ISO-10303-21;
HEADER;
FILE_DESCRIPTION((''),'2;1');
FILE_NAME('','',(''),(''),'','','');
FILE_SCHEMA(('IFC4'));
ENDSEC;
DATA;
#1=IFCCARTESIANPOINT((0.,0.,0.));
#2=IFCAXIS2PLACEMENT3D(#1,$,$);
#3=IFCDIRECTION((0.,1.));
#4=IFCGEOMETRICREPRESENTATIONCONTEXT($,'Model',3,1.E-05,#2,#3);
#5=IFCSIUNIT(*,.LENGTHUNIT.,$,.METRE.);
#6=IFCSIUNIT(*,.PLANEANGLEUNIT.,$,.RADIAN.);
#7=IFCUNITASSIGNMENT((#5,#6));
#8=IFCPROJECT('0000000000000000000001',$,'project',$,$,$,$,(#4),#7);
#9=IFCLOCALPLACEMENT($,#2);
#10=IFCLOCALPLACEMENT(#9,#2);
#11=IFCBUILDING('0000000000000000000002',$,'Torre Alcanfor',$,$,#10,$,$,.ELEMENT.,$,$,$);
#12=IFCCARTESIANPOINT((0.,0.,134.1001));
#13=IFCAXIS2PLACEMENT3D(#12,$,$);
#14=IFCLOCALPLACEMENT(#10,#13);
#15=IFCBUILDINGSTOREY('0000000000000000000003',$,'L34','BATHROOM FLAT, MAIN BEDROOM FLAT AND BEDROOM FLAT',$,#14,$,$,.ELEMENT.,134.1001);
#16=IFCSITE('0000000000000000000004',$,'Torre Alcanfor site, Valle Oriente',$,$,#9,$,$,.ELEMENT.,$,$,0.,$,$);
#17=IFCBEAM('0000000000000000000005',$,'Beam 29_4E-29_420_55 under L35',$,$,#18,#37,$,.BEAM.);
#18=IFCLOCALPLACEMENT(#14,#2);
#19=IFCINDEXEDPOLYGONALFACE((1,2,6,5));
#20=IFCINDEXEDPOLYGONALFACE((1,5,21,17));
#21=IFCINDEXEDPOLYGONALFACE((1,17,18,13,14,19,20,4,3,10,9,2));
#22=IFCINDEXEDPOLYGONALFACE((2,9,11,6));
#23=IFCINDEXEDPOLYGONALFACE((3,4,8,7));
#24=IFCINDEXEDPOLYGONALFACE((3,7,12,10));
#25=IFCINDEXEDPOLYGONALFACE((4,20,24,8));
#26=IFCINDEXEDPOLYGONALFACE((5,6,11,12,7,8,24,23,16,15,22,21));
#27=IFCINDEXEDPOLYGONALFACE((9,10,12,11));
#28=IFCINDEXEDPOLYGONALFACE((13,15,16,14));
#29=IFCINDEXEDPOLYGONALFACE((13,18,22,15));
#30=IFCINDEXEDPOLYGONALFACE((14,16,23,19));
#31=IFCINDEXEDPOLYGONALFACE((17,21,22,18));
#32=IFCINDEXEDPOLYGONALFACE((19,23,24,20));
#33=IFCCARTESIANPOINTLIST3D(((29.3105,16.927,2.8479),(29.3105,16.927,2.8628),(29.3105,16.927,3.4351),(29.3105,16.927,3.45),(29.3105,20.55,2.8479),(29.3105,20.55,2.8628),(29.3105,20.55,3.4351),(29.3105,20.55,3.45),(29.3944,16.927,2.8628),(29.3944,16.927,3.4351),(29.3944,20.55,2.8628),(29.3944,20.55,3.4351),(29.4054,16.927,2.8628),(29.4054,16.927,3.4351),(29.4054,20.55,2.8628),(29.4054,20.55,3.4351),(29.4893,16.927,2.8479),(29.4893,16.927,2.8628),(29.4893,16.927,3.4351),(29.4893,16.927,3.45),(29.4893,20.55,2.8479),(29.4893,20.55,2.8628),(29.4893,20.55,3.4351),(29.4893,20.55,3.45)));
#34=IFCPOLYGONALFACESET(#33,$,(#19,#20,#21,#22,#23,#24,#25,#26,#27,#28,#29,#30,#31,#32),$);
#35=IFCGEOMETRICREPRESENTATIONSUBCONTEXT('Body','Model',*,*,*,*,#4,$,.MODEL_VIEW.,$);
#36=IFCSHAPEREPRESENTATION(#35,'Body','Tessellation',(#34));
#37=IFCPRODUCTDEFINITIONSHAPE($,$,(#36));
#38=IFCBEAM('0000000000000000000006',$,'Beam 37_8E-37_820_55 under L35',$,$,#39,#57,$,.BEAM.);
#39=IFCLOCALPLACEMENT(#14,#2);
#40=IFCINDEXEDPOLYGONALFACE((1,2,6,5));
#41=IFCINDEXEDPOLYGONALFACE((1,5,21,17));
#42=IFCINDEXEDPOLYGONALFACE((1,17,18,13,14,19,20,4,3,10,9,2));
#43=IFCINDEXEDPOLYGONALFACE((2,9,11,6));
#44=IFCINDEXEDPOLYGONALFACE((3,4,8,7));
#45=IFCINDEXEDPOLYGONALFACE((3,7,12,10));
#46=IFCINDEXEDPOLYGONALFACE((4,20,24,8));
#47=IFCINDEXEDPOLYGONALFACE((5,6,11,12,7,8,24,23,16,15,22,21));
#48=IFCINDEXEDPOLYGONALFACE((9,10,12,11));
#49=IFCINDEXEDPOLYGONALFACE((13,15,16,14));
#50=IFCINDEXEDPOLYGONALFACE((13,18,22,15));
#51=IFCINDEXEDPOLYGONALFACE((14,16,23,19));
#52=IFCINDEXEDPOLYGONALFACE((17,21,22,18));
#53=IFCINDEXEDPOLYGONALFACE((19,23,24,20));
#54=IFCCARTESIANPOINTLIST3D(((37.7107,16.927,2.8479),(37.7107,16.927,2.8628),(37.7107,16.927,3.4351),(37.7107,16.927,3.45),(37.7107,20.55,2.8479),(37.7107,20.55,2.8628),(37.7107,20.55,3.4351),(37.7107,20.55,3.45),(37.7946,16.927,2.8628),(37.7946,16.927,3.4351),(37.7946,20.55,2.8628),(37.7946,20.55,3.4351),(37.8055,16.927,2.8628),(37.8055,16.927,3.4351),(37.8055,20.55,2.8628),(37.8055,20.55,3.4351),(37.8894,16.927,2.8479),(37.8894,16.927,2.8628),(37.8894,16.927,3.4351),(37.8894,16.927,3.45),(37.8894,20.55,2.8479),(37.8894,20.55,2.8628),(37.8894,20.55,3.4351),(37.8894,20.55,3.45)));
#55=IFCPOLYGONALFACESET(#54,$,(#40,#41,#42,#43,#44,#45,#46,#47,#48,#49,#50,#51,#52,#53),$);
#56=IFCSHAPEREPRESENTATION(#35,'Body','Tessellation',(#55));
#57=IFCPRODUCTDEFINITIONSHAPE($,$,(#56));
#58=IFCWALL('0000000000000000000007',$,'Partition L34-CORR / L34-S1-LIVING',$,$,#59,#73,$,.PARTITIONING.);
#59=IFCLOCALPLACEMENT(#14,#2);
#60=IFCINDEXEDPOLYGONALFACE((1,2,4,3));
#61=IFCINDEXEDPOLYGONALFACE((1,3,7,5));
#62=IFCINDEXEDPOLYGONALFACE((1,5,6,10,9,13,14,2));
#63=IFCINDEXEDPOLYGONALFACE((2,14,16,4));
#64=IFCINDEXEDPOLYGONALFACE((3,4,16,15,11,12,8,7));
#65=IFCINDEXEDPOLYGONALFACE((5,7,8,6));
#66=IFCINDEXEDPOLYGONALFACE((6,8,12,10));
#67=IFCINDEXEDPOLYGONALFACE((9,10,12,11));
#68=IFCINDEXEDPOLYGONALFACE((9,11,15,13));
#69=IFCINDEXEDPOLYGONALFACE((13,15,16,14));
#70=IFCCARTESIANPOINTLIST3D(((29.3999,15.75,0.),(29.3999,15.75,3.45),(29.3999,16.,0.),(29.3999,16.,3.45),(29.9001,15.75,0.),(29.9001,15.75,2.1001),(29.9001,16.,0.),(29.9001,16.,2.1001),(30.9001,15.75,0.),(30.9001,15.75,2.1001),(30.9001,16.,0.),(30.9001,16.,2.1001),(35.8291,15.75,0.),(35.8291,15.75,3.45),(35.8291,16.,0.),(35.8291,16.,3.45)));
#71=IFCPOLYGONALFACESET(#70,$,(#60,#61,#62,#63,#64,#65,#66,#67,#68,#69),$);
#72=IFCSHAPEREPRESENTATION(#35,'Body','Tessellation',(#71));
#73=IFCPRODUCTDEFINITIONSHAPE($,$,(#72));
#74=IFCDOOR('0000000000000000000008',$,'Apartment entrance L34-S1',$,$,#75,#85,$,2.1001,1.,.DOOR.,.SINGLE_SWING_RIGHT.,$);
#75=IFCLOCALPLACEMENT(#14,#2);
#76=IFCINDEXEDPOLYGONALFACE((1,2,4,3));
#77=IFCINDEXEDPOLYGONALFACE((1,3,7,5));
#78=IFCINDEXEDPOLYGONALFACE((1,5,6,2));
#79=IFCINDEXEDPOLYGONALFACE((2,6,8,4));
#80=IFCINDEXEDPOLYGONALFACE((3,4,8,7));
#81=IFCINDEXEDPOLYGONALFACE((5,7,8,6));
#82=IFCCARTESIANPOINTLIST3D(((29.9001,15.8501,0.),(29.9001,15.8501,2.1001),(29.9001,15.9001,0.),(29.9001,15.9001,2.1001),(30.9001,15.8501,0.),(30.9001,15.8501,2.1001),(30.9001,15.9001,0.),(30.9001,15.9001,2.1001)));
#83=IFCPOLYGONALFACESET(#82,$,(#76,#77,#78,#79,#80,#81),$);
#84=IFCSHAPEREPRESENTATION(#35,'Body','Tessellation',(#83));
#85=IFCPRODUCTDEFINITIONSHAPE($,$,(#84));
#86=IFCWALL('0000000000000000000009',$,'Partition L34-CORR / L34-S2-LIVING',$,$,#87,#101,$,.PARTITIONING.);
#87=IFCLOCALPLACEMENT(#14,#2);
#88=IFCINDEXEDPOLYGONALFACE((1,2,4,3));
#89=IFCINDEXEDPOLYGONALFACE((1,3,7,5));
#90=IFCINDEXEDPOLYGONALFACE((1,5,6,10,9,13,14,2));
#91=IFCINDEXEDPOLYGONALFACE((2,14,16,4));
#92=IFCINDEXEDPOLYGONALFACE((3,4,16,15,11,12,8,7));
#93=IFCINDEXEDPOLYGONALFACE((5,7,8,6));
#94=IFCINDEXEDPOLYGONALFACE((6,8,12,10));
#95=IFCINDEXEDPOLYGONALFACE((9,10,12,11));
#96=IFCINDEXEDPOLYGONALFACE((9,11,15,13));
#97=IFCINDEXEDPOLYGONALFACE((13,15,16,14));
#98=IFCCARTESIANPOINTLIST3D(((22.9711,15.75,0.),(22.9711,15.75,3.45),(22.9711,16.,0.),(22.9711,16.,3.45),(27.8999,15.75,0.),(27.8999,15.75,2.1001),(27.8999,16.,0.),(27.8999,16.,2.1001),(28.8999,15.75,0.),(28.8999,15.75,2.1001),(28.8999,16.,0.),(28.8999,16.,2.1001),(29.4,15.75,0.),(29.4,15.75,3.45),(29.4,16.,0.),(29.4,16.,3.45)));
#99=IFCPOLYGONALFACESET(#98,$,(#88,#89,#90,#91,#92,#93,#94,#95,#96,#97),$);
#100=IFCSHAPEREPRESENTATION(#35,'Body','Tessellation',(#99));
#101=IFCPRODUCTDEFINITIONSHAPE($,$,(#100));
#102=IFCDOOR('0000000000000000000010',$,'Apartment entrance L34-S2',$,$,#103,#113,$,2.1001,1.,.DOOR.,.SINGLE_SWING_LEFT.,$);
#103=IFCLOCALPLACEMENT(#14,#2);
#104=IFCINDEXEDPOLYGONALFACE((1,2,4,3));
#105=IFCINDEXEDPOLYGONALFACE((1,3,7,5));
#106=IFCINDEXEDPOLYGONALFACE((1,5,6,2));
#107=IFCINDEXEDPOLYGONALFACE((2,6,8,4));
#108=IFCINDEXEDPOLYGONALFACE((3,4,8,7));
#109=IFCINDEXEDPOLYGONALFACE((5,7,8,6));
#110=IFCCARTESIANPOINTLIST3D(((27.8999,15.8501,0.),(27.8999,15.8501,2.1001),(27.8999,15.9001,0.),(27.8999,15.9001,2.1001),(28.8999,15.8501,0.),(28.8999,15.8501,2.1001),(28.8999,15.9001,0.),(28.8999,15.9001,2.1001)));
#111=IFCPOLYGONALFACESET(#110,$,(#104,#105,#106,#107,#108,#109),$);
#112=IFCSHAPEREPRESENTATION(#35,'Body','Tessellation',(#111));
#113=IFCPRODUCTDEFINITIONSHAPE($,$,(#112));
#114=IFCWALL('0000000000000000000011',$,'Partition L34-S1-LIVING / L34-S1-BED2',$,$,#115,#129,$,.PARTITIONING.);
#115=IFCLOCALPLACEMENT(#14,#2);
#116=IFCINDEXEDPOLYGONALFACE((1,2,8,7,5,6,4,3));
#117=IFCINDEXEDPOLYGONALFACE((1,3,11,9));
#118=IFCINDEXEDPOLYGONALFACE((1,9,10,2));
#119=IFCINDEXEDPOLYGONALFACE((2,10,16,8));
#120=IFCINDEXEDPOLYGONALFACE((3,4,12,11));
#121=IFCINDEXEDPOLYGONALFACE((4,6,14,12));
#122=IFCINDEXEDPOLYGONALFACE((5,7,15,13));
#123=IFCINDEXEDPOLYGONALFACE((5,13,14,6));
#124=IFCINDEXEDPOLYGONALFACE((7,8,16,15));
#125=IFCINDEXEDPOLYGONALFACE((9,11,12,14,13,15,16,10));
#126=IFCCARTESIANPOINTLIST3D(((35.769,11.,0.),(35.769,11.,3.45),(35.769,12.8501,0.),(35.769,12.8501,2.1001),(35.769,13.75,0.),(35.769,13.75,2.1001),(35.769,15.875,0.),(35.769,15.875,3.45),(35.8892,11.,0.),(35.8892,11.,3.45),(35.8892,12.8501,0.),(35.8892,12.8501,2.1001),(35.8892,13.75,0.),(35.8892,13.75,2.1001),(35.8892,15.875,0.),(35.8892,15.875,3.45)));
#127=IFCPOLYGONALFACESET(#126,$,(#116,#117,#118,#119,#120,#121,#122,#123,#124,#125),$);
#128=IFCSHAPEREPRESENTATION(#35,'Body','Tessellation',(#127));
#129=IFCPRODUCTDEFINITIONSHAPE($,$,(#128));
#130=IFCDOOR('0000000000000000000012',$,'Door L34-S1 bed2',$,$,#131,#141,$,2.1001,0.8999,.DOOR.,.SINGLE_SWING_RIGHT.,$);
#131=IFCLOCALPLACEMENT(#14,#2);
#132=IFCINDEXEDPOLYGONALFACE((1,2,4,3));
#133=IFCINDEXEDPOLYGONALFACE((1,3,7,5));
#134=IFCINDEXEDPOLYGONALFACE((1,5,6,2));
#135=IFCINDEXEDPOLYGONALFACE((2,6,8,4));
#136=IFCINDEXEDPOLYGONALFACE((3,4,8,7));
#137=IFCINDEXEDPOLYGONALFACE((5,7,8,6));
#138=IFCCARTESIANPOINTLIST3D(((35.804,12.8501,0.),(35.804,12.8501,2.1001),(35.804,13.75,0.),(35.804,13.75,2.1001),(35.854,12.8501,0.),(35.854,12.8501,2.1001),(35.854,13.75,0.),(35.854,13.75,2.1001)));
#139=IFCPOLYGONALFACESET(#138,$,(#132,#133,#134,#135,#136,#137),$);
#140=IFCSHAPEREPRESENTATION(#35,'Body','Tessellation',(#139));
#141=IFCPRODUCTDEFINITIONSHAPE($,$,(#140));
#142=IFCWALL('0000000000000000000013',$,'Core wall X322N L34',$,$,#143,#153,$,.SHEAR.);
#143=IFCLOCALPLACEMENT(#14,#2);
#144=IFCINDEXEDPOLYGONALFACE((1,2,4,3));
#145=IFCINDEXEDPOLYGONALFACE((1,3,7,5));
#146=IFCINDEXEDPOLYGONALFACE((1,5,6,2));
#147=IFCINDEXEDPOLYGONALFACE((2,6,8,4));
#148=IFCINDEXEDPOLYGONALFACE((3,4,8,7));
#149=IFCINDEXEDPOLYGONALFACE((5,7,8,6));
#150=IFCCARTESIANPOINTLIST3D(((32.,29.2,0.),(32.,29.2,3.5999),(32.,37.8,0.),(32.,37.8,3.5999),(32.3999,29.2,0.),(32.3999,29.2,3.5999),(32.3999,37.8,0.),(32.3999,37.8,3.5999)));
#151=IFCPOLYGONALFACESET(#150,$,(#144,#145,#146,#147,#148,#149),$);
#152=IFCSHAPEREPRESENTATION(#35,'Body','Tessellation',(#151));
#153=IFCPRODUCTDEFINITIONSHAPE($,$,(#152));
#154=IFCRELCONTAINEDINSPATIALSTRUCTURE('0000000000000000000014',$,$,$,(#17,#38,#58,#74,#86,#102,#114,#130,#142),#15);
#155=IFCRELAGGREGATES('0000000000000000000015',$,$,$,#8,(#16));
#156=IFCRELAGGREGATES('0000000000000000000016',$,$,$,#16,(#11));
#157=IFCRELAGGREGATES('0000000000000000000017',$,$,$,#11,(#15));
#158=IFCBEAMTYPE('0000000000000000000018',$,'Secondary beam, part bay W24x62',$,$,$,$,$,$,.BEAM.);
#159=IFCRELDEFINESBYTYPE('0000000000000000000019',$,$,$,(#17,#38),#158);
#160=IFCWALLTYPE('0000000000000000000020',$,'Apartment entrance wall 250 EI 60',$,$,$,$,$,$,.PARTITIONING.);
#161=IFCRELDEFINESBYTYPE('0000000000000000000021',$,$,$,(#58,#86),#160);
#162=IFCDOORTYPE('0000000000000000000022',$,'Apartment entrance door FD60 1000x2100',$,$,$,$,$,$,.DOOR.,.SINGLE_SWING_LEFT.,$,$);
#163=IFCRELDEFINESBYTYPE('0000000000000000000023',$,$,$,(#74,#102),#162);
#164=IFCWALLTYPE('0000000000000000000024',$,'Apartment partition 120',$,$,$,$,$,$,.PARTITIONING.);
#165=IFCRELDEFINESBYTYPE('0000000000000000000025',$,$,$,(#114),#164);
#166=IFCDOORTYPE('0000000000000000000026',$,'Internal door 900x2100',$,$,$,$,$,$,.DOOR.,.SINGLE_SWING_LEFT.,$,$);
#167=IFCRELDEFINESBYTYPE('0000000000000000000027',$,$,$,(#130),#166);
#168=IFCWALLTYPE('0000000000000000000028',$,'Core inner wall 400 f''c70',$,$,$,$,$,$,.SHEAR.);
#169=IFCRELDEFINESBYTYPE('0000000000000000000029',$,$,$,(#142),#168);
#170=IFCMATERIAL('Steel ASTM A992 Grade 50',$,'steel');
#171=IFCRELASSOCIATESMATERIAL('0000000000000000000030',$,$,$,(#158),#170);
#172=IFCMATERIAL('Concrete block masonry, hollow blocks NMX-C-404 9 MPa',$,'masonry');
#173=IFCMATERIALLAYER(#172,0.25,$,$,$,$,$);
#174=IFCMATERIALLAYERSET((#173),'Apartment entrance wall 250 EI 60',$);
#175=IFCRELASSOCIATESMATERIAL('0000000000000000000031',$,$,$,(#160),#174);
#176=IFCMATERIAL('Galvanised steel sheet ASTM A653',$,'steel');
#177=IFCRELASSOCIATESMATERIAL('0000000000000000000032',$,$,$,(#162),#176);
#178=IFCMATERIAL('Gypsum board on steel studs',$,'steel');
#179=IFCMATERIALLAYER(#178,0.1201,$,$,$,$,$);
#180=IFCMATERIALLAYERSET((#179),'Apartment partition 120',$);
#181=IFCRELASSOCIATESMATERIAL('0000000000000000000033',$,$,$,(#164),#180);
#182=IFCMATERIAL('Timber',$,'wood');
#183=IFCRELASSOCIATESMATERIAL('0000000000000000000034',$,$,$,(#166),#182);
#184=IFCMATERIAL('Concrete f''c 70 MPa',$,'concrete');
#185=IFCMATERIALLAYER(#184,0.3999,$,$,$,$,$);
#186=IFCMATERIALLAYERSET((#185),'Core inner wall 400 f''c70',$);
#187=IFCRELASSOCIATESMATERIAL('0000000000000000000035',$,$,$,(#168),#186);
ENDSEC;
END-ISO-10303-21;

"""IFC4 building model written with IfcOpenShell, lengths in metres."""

from ifc_helpers import new_model, si_unit, direction, frame, frame_2d, origin, origin_2d, place, context, subcontext, project, spatial, rectangle, i_section, extrude, material, layer, layer_set, material_profile, profile_set, type_object, element, fill, save


model = new_model("IFC4")

# Units and contexts
model_context = context("Model", 3, precision=1e-05, world=origin(), true_north=direction((0.0, 1.0)))
body_context = subcontext(model_context, "Body", "Model", "MODEL_VIEW")
ifc_project = project(units=[si_unit("LENGTHUNIT", "METRE"), si_unit("PLANEANGLEUNIT", "RADIAN")], contexts=[model_context])

# Site, building, storey
site_placement = place(None, origin())
site = spatial("IfcSite", under=ifc_project, at=site_placement, Name="Torre Alcanfor site, Valle Oriente", CompositionType="ELEMENT", RefElevation=0.0)
building_placement = place(site_placement, origin())
building = spatial("IfcBuilding", under=site, at=building_placement, Name="Torre Alcanfor", CompositionType="ELEMENT")
storey_placement = place(building_placement, frame((0.0, 0.0, 134.1001)))
storey = spatial("IfcBuildingStorey", under=building, at=storey_placement, Name="L34", Description="BATHROOM FLAT, MAIN BEDROOM FLAT AND BEDROOM FLAT", CompositionType="ELEMENT", Elevation=134.1001)

# Beams
ifc_material_1 = material(Name="Steel ASTM A992 Grade 50", Category="steel")
ifc_material_profile_1 = material_profile(ifc_material_1, i_section(OverallWidth=0.1787, OverallDepth=0.6021, WebThickness=0.011, FlangeThickness=0.0149, at=origin_2d()), Name="W24x62")
ifc_profile_set_1 = profile_set([ifc_material_profile_1], Name="Steel ASTM A992 Grade 50")
beam_type_1 = type_object("IfcBeamType", Name="Secondary beam, part bay W24x62", PredefinedType="BEAM", material=ifc_profile_set_1)
for number, where, z_axis, x_axis, name in (
    (1, (29.3999, 16.927, 3.1489), (0.0, 1.0, 0.0), (-1.0, 0.0, 0.0), "Beam 29_4E-29_420_55 under L35"),
    (2, (37.8, 16.927, 3.1489), (0.0, 1.0, 0.0), (-1.0, 0.0, 0.0), "Beam 37_8E-37_820_55 under L35"),
):
    element("IfcBeam", number, at=place(storey_placement, frame(where, z_axis=z_axis, x_axis=x_axis)), inside=storey, type_object=beam_type_1, Name=name, PredefinedType="BEAM", context=body_context, shape_type="SweptSolid", body=[
        extrude(i_section(OverallWidth=0.1787, OverallDepth=0.6021, WebThickness=0.011, FlangeThickness=0.0149, at=origin_2d()), origin(), (0.0, 0.0, 1.0), 3.623),
    ])

# Walls, openings, doors
ifc_material_2 = material(Name="Concrete block masonry, hollow blocks NMX-C-404 9 MPa", Category="masonry")
ifc_layer_1 = layer(ifc_material_2, 0.25)
ifc_layer_set_1 = layer_set([ifc_layer_1], Name="Apartment entrance wall 250 EI 60")
wall_type_1 = type_object("IfcWallType", Name="Apartment entrance wall 250 EI 60", PredefinedType="PARTITIONING", material=ifc_layer_set_1)
wall_1_placement = place(storey_placement, frame((35.8291, 15.875, 0.0), z_axis=(0.0, 0.0, 1.0), x_axis=(-1.0, 0.0, 0.0)))
wall_1 = element("IfcWall", 3, at=wall_1_placement, inside=storey, type_object=wall_type_1, Name="Partition L34-CORR / L34-S1-LIVING", PredefinedType="PARTITIONING", context=body_context, shape_type="SweptSolid", body=[
    extrude(rectangle(XDim=6.4292, YDim=0.25, at=frame_2d((3.2146, 0.0))), origin(), (0.0, 0.0, 1.0), 3.45),
])
opening_1_placement = place(wall_1_placement, frame((4.929, 0.0, 0.0)))
opening_1 = element("IfcOpeningElement", 4, at=opening_1_placement, cuts=wall_1, PredefinedType="OPENING", context=body_context, shape_type="SweptSolid", body=[
    extrude(rectangle(XDim=1.0, YDim=2.1001, at=frame_2d((0.5, 1.05))), frame((0.0, 0.135, 0.0), z_axis=(0.0, -1.0, 0.0), x_axis=(1.0, 0.0, 0.0)), (0.0, 0.0, 1.0), 0.27),
])
ifc_material_3 = material(Name="Galvanised steel sheet ASTM A653", Category="steel")
door_type_1 = type_object("IfcDoorType", Name="Apartment entrance door FD60 1000x2100", OperationType="SINGLE_SWING_LEFT", PredefinedType="DOOR", material=ifc_material_3)
door_1_placement = place(opening_1_placement, origin())
door_1 = element("IfcDoor", 5, at=door_1_placement, inside=storey, type_object=door_type_1, Name="Apartment entrance L34-S1", OperationType="SINGLE_SWING_RIGHT", OverallHeight=2.1001, OverallWidth=1.0, PredefinedType="DOOR", context=body_context, shape_type="SweptSolid", body=[
    extrude(rectangle(XDim=1.0, YDim=2.1001, at=frame_2d((0.5, 1.05))), frame((0.0, 0.0249, 0.0), z_axis=(0.0, -1.0, 0.0), x_axis=(1.0, 0.0, 0.0)), (0.0, 0.0, 1.0), 0.05),
])
fill(opening_1, door_1)
wall_2_placement = place(storey_placement, frame((29.3999, 15.875, 0.0), z_axis=(0.0, 0.0, 1.0), x_axis=(-1.0, 0.0, 0.0)))
wall_2 = element("IfcWall", 6, at=wall_2_placement, inside=storey, type_object=wall_type_1, Name="Partition L34-CORR / L34-S2-LIVING", PredefinedType="PARTITIONING", context=body_context, shape_type="SweptSolid", body=[
    extrude(rectangle(XDim=6.429, YDim=0.25, at=frame_2d((3.2144, 0.0))), origin(), (0.0, 0.0, 1.0), 3.45),
])
opening_2_placement = place(wall_2_placement, frame((0.5, 0.0, 0.0)))
opening_2 = element("IfcOpeningElement", 7, at=opening_2_placement, cuts=wall_2, PredefinedType="OPENING", context=body_context, shape_type="SweptSolid", body=[
    extrude(rectangle(XDim=1.0, YDim=2.1001, at=frame_2d((0.5, 1.05))), frame((0.0, 0.135, 0.0), z_axis=(0.0, -1.0, 0.0), x_axis=(1.0, 0.0, 0.0)), (0.0, 0.0, 1.0), 0.27),
])
door_2_placement = place(opening_2_placement, origin())
door_2 = element("IfcDoor", 8, at=door_2_placement, inside=storey, type_object=door_type_1, Name="Apartment entrance L34-S2", OperationType="SINGLE_SWING_LEFT", OverallHeight=2.1001, OverallWidth=1.0, PredefinedType="DOOR", context=body_context, shape_type="SweptSolid", body=[
    extrude(rectangle(XDim=1.0, YDim=2.1001, at=frame_2d((0.5, 1.05))), frame((0.0, 0.0249, 0.0), z_axis=(0.0, -1.0, 0.0), x_axis=(1.0, 0.0, 0.0)), (0.0, 0.0, 1.0), 0.05),
])
fill(opening_2, door_2)
ifc_material_4 = material(Name="Gypsum board on steel studs", Category="steel")
ifc_layer_2 = layer(ifc_material_4, 0.1201)
ifc_layer_set_2 = layer_set([ifc_layer_2], Name="Apartment partition 120")
wall_type_2 = type_object("IfcWallType", Name="Apartment partition 120", PredefinedType="PARTITIONING", material=ifc_layer_set_2)
wall_3_placement = place(storey_placement, frame((35.8291, 15.875, 0.0), z_axis=(0.0, 0.0, 1.0), x_axis=(0.0, -1.0, 0.0)))
wall_3 = element("IfcWall", 9, at=wall_3_placement, inside=storey, type_object=wall_type_2, Name="Partition L34-S1-LIVING / L34-S1-BED2", PredefinedType="PARTITIONING", context=body_context, shape_type="SweptSolid", body=[
    extrude(rectangle(XDim=4.875, YDim=0.1201, at=frame_2d((2.4375, 0.0))), origin(), (0.0, 0.0, 1.0), 3.45),
])
opening_3_placement = place(wall_3_placement, frame((2.125, 0.0, 0.0)))
opening_3 = element("IfcOpeningElement", 10, at=opening_3_placement, cuts=wall_3, PredefinedType="OPENING", context=body_context, shape_type="SweptSolid", body=[
    extrude(rectangle(XDim=0.8999, YDim=2.1001, at=frame_2d((0.45, 1.05))), frame((0.0, 0.0701, 0.0), z_axis=(0.0, -1.0, 0.0), x_axis=(1.0, 0.0, 0.0)), (0.0, 0.0, 1.0), 0.1401),
])
ifc_material_5 = material(Name="Timber", Category="wood")
door_type_2 = type_object("IfcDoorType", Name="Internal door 900x2100", OperationType="SINGLE_SWING_LEFT", PredefinedType="DOOR", material=ifc_material_5)
door_3_placement = place(opening_3_placement, origin())
door_3 = element("IfcDoor", 11, at=door_3_placement, inside=storey, type_object=door_type_2, Name="Door L34-S1 bed2", OperationType="SINGLE_SWING_RIGHT", OverallHeight=2.1001, OverallWidth=0.8999, PredefinedType="DOOR", context=body_context, shape_type="SweptSolid", body=[
    extrude(rectangle(XDim=0.8999, YDim=2.1001, at=frame_2d((0.45, 1.05))), frame((0.0, 0.0249, 0.0), z_axis=(0.0, -1.0, 0.0), x_axis=(1.0, 0.0, 0.0)), (0.0, 0.0, 1.0), 0.05),
])
fill(opening_3, door_3)

# Wall
ifc_material_6 = material(Name="Concrete f'c 70 MPa", Category="concrete")
ifc_layer_3 = layer(ifc_material_6, 0.3999)
ifc_layer_set_3 = layer_set([ifc_layer_3], Name="Core inner wall 400 f'c70")
wall_type_3 = type_object("IfcWallType", Name="Core inner wall 400 f'c70", PredefinedType="SHEAR", material=ifc_layer_set_3)
wall_4_placement = place(storey_placement, frame((32.2, 29.2, 0.0), z_axis=(0.0, 0.0, 1.0), x_axis=(0.0, 1.0, 0.0)))
element("IfcWall", 12, at=wall_4_placement, inside=storey, type_object=wall_type_3, Name="Core wall X322N L34", PredefinedType="SHEAR", context=body_context, shape_type="SweptSolid", body=[
    extrude(rectangle(XDim=8.6001, YDim=0.3999, at=frame_2d((4.3, 0.0))), origin(), (0.0, 0.0, 1.0), 3.5999),
])

save(model, "model.ifc")
